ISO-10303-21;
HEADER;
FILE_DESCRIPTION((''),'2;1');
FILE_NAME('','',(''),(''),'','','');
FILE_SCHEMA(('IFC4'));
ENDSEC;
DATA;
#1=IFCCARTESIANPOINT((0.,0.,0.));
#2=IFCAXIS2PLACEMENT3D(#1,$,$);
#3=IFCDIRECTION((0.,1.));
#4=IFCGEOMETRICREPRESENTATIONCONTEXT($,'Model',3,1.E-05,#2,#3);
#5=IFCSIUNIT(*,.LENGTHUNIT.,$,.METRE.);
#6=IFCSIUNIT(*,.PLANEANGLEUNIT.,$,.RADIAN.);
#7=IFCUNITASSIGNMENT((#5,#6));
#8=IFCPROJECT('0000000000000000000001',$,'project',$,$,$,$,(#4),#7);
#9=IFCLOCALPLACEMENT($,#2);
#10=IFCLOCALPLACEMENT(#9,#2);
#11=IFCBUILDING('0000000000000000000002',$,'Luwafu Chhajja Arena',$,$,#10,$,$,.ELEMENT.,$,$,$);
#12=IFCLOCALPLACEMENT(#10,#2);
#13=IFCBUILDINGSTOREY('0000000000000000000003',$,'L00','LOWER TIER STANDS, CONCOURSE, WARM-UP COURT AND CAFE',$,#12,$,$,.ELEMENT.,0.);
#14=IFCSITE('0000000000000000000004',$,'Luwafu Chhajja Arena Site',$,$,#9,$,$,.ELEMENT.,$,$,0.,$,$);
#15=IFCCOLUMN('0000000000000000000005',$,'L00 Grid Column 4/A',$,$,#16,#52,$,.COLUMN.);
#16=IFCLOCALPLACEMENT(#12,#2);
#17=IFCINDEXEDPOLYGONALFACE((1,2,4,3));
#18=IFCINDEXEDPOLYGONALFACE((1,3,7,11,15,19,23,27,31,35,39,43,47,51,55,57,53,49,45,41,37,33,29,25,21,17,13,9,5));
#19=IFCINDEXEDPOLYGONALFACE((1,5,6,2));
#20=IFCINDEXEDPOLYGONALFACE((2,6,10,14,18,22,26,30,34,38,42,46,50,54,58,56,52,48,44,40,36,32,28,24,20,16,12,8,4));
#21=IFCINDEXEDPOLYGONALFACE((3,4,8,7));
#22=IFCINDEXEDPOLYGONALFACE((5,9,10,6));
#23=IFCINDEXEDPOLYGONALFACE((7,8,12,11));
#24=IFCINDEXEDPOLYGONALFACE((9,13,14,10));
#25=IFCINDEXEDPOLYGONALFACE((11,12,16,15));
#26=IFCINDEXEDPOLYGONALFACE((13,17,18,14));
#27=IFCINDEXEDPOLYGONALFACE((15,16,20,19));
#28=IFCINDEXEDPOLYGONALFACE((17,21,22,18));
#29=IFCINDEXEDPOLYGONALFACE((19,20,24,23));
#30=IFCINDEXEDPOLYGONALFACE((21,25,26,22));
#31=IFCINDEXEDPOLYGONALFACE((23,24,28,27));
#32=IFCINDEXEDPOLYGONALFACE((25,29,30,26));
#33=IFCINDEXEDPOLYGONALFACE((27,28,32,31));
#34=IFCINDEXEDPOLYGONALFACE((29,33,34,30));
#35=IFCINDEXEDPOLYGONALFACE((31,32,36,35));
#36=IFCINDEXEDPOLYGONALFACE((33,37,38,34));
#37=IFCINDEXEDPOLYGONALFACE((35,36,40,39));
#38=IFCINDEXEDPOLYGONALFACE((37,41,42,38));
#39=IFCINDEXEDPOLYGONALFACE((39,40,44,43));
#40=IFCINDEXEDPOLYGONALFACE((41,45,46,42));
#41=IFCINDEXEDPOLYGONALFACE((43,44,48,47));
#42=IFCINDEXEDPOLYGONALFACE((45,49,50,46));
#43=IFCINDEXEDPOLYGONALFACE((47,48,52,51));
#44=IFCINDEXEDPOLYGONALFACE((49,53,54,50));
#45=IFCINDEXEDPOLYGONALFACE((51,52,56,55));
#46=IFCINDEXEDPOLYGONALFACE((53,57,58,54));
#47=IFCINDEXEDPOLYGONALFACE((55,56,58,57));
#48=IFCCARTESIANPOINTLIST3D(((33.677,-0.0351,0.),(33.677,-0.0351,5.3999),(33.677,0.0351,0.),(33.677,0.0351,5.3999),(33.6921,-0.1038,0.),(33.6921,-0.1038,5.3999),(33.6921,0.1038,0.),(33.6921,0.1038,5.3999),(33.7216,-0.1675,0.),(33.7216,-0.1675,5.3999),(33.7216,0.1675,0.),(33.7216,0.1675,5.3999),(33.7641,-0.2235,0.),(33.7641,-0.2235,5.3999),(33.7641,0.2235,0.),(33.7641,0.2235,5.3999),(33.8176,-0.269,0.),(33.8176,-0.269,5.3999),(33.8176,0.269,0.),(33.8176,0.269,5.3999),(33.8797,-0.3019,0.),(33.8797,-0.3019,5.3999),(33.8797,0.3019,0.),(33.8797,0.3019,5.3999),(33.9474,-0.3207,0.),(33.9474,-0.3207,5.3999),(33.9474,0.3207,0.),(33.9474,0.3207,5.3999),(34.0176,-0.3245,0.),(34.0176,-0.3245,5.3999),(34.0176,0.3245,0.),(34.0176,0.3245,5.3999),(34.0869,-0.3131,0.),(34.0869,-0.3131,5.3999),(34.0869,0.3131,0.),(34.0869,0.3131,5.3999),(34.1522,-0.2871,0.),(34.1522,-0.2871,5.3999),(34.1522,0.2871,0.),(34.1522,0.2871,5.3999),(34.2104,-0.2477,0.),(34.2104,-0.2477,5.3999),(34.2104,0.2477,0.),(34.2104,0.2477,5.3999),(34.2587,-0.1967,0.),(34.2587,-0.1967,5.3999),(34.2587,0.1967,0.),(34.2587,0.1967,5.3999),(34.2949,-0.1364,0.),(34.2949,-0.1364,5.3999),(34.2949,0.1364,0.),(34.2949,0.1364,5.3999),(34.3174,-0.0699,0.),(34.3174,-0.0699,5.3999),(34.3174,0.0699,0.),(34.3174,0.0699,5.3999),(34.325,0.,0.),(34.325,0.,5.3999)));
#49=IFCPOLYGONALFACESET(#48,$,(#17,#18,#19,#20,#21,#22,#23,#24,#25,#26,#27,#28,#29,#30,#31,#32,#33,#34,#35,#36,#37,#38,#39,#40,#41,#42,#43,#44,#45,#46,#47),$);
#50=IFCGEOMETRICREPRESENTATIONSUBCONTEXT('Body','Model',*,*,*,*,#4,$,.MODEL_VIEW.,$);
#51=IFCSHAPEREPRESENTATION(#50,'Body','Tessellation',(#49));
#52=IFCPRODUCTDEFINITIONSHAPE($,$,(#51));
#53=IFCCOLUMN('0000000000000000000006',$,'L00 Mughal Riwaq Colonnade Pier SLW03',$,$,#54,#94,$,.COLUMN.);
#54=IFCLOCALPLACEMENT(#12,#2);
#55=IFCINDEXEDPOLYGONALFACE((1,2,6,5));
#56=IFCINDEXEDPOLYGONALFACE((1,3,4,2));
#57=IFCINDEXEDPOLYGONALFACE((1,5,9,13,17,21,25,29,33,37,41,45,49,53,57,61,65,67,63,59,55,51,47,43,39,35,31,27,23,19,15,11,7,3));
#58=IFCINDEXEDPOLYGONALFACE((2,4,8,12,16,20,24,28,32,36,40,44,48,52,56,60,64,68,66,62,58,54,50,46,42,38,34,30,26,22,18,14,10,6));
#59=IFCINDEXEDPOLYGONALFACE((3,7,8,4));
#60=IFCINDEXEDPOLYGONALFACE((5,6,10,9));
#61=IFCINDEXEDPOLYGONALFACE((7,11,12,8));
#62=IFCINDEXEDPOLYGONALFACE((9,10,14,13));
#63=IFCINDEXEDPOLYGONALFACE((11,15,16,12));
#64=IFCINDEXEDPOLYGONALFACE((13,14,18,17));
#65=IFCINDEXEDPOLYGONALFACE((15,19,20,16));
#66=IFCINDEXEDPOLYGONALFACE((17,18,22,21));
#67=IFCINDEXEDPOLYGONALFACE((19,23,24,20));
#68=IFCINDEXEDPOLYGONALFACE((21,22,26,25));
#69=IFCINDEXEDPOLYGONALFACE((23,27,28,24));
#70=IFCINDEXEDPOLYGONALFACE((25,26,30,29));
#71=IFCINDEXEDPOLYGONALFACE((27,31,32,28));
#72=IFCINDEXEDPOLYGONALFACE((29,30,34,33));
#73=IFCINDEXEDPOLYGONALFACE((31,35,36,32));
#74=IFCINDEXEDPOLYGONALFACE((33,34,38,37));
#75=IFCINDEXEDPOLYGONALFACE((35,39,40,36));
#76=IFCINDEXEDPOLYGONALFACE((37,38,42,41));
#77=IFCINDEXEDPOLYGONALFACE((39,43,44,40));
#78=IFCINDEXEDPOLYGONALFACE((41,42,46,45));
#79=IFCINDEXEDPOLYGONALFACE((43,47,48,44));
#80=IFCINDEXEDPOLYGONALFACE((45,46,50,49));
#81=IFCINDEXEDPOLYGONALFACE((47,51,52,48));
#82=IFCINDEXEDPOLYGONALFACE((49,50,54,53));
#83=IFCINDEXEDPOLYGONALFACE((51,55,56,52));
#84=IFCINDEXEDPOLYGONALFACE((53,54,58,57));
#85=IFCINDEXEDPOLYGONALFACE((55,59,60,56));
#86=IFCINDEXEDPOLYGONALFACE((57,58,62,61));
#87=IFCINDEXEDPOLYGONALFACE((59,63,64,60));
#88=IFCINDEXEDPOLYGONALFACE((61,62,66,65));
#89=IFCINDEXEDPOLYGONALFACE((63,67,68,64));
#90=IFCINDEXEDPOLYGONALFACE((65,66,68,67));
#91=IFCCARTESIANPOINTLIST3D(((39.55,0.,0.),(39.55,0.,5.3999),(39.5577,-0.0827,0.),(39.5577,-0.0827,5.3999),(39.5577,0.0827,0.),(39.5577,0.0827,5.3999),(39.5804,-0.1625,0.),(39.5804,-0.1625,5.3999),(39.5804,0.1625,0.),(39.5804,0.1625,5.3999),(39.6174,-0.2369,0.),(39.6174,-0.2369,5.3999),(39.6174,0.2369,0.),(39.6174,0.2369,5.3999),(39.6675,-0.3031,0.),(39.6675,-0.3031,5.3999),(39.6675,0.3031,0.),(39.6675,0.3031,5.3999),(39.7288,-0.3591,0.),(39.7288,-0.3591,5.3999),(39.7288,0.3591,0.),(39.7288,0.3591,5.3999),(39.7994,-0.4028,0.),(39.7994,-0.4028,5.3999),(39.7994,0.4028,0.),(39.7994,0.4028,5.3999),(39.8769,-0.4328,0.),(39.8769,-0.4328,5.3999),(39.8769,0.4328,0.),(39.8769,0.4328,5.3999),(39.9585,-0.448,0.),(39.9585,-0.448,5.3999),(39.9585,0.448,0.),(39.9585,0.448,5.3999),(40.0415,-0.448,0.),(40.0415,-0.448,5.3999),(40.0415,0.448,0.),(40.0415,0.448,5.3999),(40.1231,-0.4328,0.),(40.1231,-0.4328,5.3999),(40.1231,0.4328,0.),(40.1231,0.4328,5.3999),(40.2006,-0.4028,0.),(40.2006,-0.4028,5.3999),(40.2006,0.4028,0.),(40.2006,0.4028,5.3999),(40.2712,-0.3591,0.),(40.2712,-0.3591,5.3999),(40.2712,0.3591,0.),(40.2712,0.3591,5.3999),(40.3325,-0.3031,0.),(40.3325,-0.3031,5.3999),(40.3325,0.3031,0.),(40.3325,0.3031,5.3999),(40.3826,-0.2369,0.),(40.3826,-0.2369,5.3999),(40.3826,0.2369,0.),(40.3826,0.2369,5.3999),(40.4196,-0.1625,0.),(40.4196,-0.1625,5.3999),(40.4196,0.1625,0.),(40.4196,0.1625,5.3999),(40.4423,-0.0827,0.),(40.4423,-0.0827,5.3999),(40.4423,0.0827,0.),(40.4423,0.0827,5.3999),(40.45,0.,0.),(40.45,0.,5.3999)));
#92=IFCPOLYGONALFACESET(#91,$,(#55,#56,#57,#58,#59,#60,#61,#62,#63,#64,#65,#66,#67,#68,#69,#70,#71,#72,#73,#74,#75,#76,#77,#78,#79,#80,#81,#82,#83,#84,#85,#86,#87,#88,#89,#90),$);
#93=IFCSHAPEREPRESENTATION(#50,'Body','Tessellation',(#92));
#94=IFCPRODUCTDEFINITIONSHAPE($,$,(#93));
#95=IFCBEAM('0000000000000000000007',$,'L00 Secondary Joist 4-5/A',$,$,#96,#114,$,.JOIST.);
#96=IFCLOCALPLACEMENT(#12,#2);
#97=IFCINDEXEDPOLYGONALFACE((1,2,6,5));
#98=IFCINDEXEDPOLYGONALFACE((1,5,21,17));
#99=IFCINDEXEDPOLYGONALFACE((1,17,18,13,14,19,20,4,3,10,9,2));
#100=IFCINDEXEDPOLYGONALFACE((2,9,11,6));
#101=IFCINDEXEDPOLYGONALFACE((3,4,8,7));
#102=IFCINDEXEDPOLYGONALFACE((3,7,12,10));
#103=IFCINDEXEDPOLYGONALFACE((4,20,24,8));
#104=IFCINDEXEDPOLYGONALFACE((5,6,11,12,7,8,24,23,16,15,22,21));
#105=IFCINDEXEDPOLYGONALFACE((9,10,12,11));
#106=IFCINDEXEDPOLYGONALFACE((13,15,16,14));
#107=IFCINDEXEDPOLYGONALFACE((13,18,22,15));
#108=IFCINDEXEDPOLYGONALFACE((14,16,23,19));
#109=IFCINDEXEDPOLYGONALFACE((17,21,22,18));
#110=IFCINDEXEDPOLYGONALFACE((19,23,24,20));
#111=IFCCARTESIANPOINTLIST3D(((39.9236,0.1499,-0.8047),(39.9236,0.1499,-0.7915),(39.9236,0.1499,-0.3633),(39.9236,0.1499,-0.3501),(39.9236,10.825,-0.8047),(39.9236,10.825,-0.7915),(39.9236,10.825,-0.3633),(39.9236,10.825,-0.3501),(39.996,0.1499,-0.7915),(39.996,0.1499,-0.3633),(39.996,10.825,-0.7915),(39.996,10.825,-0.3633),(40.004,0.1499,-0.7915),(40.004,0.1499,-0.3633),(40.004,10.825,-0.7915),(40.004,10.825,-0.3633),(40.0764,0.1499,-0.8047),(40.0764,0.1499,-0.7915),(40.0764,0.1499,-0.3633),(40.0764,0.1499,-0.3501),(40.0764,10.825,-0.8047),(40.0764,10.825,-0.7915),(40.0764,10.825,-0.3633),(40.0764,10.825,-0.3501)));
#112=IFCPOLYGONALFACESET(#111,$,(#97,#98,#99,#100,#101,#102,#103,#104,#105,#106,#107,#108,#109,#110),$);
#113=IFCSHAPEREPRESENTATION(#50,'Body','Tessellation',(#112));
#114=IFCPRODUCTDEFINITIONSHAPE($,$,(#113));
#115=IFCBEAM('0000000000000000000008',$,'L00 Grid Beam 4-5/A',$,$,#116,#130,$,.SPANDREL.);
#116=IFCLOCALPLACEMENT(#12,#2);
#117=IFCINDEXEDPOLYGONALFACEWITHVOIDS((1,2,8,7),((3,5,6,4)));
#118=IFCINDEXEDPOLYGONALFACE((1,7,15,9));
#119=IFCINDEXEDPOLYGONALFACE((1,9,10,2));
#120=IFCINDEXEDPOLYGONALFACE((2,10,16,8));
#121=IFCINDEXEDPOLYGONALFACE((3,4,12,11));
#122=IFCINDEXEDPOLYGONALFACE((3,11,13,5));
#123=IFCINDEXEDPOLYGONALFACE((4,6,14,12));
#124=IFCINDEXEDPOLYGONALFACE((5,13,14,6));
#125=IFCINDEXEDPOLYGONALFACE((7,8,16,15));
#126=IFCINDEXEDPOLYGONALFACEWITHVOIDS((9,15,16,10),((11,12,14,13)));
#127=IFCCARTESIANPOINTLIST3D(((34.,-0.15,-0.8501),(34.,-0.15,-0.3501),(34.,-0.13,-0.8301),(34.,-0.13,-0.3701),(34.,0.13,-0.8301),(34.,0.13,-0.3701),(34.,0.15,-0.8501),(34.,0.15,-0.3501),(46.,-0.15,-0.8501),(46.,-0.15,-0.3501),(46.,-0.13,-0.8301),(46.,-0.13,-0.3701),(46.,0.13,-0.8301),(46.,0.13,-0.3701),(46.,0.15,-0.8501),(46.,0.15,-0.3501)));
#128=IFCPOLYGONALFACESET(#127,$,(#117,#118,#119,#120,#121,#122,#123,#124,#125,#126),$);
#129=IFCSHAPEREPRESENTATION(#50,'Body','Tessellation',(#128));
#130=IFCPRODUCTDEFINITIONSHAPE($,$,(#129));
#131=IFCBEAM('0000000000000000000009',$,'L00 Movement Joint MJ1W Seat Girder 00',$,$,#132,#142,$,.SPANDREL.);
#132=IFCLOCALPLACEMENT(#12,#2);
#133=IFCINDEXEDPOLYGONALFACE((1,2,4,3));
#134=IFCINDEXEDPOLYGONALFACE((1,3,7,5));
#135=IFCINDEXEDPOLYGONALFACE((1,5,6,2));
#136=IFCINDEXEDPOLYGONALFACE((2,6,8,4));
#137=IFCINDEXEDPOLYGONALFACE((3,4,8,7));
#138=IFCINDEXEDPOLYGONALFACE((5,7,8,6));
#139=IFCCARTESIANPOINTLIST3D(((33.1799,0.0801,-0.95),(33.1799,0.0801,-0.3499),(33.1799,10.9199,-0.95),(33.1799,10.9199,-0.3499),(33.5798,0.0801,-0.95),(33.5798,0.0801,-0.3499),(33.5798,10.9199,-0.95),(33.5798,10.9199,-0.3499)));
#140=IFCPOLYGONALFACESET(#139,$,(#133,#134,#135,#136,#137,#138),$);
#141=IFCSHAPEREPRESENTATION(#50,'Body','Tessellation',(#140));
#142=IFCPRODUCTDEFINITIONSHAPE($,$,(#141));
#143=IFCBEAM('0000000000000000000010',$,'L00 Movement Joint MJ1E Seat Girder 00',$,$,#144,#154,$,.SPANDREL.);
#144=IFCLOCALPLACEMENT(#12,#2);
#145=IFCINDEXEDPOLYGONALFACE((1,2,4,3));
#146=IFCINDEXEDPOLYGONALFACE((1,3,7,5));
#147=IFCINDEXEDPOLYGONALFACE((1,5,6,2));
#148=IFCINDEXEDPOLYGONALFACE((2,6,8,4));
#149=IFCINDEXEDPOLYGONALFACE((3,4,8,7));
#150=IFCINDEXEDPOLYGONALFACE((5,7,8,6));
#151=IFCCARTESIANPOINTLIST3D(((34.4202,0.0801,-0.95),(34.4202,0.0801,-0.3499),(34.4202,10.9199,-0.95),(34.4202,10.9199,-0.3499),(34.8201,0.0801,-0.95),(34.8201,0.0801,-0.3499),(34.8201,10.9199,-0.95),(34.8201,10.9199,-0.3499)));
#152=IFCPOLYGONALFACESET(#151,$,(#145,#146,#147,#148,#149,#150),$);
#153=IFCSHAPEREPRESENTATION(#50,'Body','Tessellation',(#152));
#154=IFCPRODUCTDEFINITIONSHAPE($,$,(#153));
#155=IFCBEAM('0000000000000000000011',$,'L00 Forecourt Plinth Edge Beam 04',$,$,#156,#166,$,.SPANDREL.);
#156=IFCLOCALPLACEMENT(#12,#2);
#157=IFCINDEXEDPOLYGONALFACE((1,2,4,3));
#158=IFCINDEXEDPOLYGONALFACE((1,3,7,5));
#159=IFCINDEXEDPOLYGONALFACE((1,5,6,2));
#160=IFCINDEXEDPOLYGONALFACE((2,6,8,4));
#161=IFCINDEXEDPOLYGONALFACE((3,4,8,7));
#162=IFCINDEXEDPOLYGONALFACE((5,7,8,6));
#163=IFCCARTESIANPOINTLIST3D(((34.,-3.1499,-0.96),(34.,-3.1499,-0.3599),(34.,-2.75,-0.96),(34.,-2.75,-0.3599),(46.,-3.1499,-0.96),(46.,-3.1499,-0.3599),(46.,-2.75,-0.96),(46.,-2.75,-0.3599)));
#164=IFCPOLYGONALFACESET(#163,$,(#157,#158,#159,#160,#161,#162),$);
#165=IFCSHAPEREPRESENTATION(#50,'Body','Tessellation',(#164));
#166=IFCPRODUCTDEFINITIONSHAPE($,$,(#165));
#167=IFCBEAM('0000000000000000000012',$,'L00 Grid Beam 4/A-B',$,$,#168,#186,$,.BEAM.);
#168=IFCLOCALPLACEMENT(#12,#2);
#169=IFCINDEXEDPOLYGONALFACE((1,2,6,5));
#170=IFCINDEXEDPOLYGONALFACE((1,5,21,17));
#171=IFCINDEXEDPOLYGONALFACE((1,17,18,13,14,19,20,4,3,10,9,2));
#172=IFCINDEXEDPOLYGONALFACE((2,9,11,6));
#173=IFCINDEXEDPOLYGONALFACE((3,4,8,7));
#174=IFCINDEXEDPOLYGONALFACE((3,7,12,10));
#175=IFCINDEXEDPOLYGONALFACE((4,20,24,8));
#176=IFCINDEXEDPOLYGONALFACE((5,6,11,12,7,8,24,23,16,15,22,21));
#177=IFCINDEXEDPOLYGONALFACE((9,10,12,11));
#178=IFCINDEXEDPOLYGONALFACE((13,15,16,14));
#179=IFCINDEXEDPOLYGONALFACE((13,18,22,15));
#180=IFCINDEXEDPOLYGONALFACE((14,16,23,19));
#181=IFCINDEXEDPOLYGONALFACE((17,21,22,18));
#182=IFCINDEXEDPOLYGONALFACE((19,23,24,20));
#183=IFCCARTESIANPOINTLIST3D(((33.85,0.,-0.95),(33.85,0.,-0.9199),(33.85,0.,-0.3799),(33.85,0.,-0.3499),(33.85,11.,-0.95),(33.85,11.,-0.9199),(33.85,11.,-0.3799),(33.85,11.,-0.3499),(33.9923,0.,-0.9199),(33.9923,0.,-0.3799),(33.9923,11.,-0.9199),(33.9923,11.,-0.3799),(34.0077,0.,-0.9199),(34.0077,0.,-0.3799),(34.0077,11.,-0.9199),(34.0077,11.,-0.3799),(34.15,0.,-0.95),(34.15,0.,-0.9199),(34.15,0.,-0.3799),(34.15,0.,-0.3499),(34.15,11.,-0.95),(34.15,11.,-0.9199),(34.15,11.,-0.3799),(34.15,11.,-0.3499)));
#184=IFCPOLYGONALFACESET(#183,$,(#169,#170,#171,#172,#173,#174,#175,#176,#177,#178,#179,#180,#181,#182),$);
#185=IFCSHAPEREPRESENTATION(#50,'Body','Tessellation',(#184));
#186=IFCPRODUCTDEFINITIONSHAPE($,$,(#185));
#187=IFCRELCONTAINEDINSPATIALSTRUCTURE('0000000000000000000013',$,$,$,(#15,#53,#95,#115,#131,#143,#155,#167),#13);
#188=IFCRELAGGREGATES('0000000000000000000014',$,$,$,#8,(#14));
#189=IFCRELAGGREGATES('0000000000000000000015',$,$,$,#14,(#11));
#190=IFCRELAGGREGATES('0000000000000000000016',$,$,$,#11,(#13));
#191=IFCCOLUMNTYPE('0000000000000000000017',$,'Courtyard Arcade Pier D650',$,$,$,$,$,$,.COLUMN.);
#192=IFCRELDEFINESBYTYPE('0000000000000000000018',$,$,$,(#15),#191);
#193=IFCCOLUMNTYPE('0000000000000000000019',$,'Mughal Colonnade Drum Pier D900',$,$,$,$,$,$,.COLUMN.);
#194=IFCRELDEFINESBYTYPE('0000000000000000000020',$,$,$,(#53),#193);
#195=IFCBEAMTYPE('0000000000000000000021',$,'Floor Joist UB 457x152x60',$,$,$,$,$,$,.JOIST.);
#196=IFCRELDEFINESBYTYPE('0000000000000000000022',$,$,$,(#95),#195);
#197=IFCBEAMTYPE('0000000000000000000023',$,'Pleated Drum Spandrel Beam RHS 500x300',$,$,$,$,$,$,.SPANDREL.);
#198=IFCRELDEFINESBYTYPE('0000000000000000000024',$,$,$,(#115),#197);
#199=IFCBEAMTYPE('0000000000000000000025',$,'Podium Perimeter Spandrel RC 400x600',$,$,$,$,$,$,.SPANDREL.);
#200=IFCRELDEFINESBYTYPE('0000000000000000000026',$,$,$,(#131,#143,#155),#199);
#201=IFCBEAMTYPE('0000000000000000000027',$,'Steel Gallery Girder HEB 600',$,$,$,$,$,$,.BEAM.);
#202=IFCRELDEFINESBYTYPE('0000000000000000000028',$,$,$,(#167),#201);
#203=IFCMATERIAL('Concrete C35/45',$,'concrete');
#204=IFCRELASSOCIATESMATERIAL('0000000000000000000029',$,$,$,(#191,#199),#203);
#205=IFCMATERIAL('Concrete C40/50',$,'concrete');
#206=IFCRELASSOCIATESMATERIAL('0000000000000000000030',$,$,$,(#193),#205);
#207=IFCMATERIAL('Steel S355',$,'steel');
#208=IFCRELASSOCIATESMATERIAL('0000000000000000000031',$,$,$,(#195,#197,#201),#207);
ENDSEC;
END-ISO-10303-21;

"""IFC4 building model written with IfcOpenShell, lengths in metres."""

from ifc_helpers import new_model, si_unit, direction, frame, origin, origin_2d, place, context, subcontext, project, spatial, rectangle, hollow_rectangle, circle, i_section, extrude, material, material_profile, profile_set, type_object, element, save


model = new_model("IFC4")

# Units and contexts
model_context = context("Model", 3, precision=1e-05, world=origin(), true_north=direction((0.0, 1.0)))
body_context = subcontext(model_context, "Body", "Model", "MODEL_VIEW")
ifc_project = project(units=[si_unit("LENGTHUNIT", "METRE"), si_unit("PLANEANGLEUNIT", "RADIAN")], contexts=[model_context])

# Site, building, storey
site_placement = place(None, origin())
site = spatial("IfcSite", under=ifc_project, at=site_placement, Name="Luwafu Chhajja Arena Site", CompositionType="ELEMENT", RefElevation=0.0)
building_placement = place(site_placement, origin())
building = spatial("IfcBuilding", under=site, at=building_placement, Name="Luwafu Chhajja Arena", CompositionType="ELEMENT")
storey_placement = place(building_placement, origin())
storey = spatial("IfcBuildingStorey", under=building, at=storey_placement, Name="L00", Description="LOWER TIER STANDS, CONCOURSE, WARM-UP COURT AND CAFE", CompositionType="ELEMENT", Elevation=0.0)

# Columns
ifc_material_1 = material(Name="Concrete C35/45", Category="concrete")
ifc_material_profile_1 = material_profile(ifc_material_1, circle(Radius=0.325, at=origin_2d()), Name="RC COL D650")
ifc_profile_set_1 = profile_set([ifc_material_profile_1], Name="Concrete C35/45")
column_type_1 = type_object("IfcColumnType", Name="Courtyard Arcade Pier D650", PredefinedType="COLUMN", material=ifc_profile_set_1)
column_1_placement = place(storey_placement, frame((34.0, 0.0, 0.0), z_axis=(0.0, 0.0, 1.0), x_axis=(1.0, 0.0, 0.0)))
element("IfcColumn", 1, at=column_1_placement, inside=storey, type_object=column_type_1, Name="L00 Grid Column 4/A", PredefinedType="COLUMN", context=body_context, shape_type="SweptSolid", body=[
    extrude(circle(Radius=0.325, at=origin_2d()), origin(), (0.0, 0.0, 1.0), 5.3999),
])
ifc_material_2 = material(Name="Concrete C40/50", Category="concrete")
ifc_material_profile_2 = material_profile(ifc_material_2, circle(Radius=0.45, at=origin_2d()), Name="RC COL D900")
ifc_profile_set_2 = profile_set([ifc_material_profile_2], Name="Concrete C40/50")
column_type_2 = type_object("IfcColumnType", Name="Mughal Colonnade Drum Pier D900", PredefinedType="COLUMN", material=ifc_profile_set_2)
column_2_placement = place(storey_placement, frame((40.0, 0.0, 0.0), z_axis=(0.0, 0.0, 1.0), x_axis=(1.0, 0.0, 0.0)))
element("IfcColumn", 2, at=column_2_placement, inside=storey, type_object=column_type_2, Name="L00 Mughal Riwaq Colonnade Pier SLW03", PredefinedType="COLUMN", context=body_context, shape_type="SweptSolid", body=[
    extrude(circle(Radius=0.45, at=origin_2d()), origin(), (0.0, 0.0, 1.0), 5.3999),
])

# Beams
ifc_material_3 = material(Name="Steel S355", Category="steel")
ifc_material_profile_3 = material_profile(ifc_material_3, i_section(OverallWidth=0.1528, OverallDepth=0.4546, WebThickness=0.0081, FlangeThickness=0.0132, at=origin_2d()), Name="UB 457x152x60")
ifc_profile_set_3 = profile_set([ifc_material_profile_3], Name="Steel S355")
beam_type_1 = type_object("IfcBeamType", Name="Floor Joist UB 457x152x60", PredefinedType="JOIST", material=ifc_profile_set_3)
beam_1_placement = place(storey_placement, frame((40.0, 0.1499, -0.5774), z_axis=(0.0, 1.0, 0.0), x_axis=(-1.0, 0.0, 0.0)))
element("IfcBeam", 3, at=beam_1_placement, inside=storey, type_object=beam_type_1, Name="L00 Secondary Joist 4-5/A", PredefinedType="JOIST", context=body_context, shape_type="SweptSolid", body=[
    extrude(i_section(OverallWidth=0.1528, OverallDepth=0.4546, WebThickness=0.0081, FlangeThickness=0.0132, at=origin_2d()), origin(), (0.0, 0.0, 1.0), 10.675),
])
ifc_material_profile_4 = material_profile(ifc_material_3, hollow_rectangle(XDim=0.3, YDim=0.5, WallThickness=0.02, at=origin_2d()), Name="RHS 500x300x20")
ifc_profile_set_4 = profile_set([ifc_material_profile_4], Name="Steel S355")
beam_type_2 = type_object("IfcBeamType", Name="Pleated Drum Spandrel Beam RHS 500x300", PredefinedType="SPANDREL", material=ifc_profile_set_4)
beam_2_placement = place(storey_placement, frame((34.0, 0.0, -0.6001), z_axis=(1.0, 0.0, 0.0), x_axis=(0.0, 1.0, 0.0)))
element("IfcBeam", 4, at=beam_2_placement, inside=storey, type_object=beam_type_2, Name="L00 Grid Beam 4-5/A", PredefinedType="SPANDREL", context=body_context, shape_type="SweptSolid", body=[
    extrude(hollow_rectangle(XDim=0.3, YDim=0.5, WallThickness=0.02, at=origin_2d()), origin(), (0.0, 0.0, 1.0), 12.0),
])
ifc_material_profile_5 = material_profile(ifc_material_1, rectangle(XDim=0.3999, YDim=0.6001, at=origin_2d()), Name="RC 400x600")
ifc_profile_set_5 = profile_set([ifc_material_profile_5], Name="Concrete C35/45")
beam_type_3 = type_object("IfcBeamType", Name="Podium Perimeter Spandrel RC 400x600", PredefinedType="SPANDREL", material=ifc_profile_set_5)
for number, where, z_axis, x_axis, name in (
    (5, (33.3799, 0.0801, -0.6499), (0.0, 1.0, 0.0), (-1.0, 0.0, 0.0), "L00 Movement Joint MJ1W Seat Girder 00"),
    (6, (34.6201, 0.0801, -0.6499), (0.0, 1.0, 0.0), (-1.0, 0.0, 0.0), "L00 Movement Joint MJ1E Seat Girder 00"),
):
    element("IfcBeam", number, at=place(storey_placement, frame(where, z_axis=z_axis, x_axis=x_axis)), inside=storey, type_object=beam_type_3, Name=name, PredefinedType="SPANDREL", context=body_context, shape_type="SweptSolid", body=[
        extrude(rectangle(XDim=0.3999, YDim=0.6001, at=origin_2d()), origin(), (0.0, 0.0, 1.0), 10.8398),
    ])
beam_3_placement = place(storey_placement, frame((34.0, -2.95, -0.6599), z_axis=(1.0, 0.0, 0.0), x_axis=(0.0, 1.0, 0.0)))
element("IfcBeam", 7, at=beam_3_placement, inside=storey, type_object=beam_type_3, Name="L00 Forecourt Plinth Edge Beam 04", PredefinedType="SPANDREL", context=body_context, shape_type="SweptSolid", body=[
    extrude(rectangle(XDim=0.3999, YDim=0.6001, at=origin_2d()), origin(), (0.0, 0.0, 1.0), 12.0),
])
ifc_material_profile_6 = material_profile(ifc_material_3, i_section(OverallWidth=0.3, OverallDepth=0.6001, WebThickness=0.0154, FlangeThickness=0.03, at=origin_2d()), Name="HEB 600")
ifc_profile_set_6 = profile_set([ifc_material_profile_6], Name="Steel S355")
beam_type_4 = type_object("IfcBeamType", Name="Steel Gallery Girder HEB 600", PredefinedType="BEAM", material=ifc_profile_set_6)
beam_4_placement = place(storey_placement, frame((34.0, 0.0, -0.6499), z_axis=(0.0, 1.0, 0.0), x_axis=(-1.0, 0.0, 0.0)))
element("IfcBeam", 8, at=beam_4_placement, inside=storey, type_object=beam_type_4, Name="L00 Grid Beam 4/A-B", PredefinedType="BEAM", context=body_context, shape_type="SweptSolid", body=[
    extrude(i_section(OverallWidth=0.3, OverallDepth=0.6001, WebThickness=0.0154, FlangeThickness=0.03, at=origin_2d()), origin(), (0.0, 0.0, 1.0), 11.0),
])

save(model, "model.ifc")
